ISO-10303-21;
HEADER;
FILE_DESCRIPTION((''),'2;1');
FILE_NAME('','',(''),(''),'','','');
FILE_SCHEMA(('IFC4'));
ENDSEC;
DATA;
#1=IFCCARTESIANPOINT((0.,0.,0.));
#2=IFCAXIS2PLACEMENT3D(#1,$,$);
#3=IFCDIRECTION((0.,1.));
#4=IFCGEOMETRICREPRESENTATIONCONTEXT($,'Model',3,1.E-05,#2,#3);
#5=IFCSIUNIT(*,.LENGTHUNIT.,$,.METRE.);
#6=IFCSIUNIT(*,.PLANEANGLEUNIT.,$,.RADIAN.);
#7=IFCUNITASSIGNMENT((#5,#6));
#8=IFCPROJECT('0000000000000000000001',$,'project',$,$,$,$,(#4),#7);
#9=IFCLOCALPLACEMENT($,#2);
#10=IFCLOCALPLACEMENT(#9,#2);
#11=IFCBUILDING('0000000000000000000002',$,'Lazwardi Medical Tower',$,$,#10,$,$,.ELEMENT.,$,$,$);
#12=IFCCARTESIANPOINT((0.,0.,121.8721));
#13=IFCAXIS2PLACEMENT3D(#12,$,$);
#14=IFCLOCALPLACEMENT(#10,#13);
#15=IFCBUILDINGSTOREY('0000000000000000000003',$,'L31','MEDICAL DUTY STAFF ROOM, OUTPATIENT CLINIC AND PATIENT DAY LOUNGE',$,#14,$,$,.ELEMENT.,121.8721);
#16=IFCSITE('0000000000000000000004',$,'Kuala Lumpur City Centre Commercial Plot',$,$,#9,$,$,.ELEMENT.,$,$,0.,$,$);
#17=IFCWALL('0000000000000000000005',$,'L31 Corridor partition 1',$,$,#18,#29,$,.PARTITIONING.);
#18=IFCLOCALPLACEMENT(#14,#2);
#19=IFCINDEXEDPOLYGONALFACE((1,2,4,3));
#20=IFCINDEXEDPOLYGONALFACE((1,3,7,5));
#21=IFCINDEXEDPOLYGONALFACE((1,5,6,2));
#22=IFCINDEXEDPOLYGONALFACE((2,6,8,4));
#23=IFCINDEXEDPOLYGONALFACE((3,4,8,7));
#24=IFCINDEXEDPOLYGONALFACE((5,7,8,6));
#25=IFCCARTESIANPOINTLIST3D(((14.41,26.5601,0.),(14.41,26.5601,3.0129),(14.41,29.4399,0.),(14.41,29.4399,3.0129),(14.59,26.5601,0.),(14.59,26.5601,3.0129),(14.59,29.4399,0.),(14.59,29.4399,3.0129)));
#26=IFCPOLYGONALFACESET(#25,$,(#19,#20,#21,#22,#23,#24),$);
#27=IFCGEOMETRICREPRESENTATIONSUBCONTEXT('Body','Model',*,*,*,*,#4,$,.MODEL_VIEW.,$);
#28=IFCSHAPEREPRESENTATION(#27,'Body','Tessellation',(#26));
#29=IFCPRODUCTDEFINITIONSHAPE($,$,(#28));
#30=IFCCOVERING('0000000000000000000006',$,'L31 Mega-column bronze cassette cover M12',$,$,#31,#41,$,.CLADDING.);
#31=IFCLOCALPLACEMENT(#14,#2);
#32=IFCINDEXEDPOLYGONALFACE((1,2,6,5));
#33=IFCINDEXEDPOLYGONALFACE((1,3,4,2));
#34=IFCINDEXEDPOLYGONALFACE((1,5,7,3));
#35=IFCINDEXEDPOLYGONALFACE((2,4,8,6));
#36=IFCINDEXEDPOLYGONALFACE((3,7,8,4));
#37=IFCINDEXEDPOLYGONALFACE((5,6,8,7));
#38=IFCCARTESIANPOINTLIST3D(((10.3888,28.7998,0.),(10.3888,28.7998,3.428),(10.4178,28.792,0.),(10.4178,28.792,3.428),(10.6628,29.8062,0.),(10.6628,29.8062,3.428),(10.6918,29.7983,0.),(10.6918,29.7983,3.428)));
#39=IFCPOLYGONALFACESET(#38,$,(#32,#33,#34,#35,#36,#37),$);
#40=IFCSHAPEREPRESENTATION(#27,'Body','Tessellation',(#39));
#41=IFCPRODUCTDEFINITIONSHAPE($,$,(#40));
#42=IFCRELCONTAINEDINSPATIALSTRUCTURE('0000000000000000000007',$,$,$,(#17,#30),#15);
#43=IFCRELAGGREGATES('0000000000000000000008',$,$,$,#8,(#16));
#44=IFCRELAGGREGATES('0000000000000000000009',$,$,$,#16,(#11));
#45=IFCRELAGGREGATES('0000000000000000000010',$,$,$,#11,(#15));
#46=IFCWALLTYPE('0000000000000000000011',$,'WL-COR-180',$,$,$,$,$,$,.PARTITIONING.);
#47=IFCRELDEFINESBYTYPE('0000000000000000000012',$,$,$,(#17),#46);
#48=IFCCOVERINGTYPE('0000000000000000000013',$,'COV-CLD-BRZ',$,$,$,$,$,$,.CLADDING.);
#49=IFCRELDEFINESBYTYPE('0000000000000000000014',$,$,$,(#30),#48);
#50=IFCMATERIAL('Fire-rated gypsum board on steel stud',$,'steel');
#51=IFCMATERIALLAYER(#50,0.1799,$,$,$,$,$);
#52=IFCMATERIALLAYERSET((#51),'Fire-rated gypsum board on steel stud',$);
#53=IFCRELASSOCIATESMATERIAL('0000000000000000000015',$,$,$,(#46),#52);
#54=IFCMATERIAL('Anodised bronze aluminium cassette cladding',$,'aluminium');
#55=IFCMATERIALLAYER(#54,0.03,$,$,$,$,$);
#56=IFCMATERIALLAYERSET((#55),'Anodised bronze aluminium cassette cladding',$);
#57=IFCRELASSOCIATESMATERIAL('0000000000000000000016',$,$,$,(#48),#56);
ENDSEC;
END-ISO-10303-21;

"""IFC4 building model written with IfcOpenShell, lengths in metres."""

from ifc_helpers import new_model, si_unit, direction, frame, frame_2d, origin, origin_2d, place, context, subcontext, project, spatial, rectangle, extrude, material, layer, layer_set, type_object, element, save


model = new_model("IFC4")

# Units and contexts
model_context = context("Model", 3, precision=1e-05, world=origin(), true_north=direction((0.0, 1.0)))
body_context = subcontext(model_context, "Body", "Model", "MODEL_VIEW")
ifc_project = project(units=[si_unit("LENGTHUNIT", "METRE"), si_unit("PLANEANGLEUNIT", "RADIAN")], contexts=[model_context])

# Site, building, storey
site_placement = place(None, origin())
site = spatial("IfcSite", under=ifc_project, at=site_placement, Name="Kuala Lumpur City Centre Commercial Plot", CompositionType="ELEMENT", RefElevation=0.0)
building_placement = place(site_placement, origin())
building = spatial("IfcBuilding", under=site, at=building_placement, Name="Lazwardi Medical Tower", CompositionType="ELEMENT")
storey_placement = place(building_placement, frame((0.0, 0.0, 121.8721)))
storey = spatial("IfcBuildingStorey", under=building, at=storey_placement, Name="L31", Description="MEDICAL DUTY STAFF ROOM, OUTPATIENT CLINIC AND PATIENT DAY LOUNGE", CompositionType="ELEMENT", Elevation=121.8721)

# Wall
ifc_material_1 = material(Name="Fire-rated gypsum board on steel stud", Category="steel")
ifc_layer_1 = layer(ifc_material_1, 0.1799)
ifc_layer_set_1 = layer_set([ifc_layer_1], Name="Fire-rated gypsum board on steel stud")
wall_type = type_object("IfcWallType", Name="WL-COR-180", PredefinedType="PARTITIONING", material=ifc_layer_set_1)
wall_1_placement = place(storey_placement, frame((14.5, 26.5601, 0.0), z_axis=(0.0, 0.0, 1.0), x_axis=(0.0, 1.0, 0.0)))
element("IfcWall", 1, at=wall_1_placement, inside=storey, type_object=wall_type, Name="L31 Corridor partition 1", PredefinedType="PARTITIONING", context=body_context, shape_type="SweptSolid", body=[
    extrude(rectangle(XDim=2.8799, YDim=0.1799, at=frame_2d((1.4399, 0.0))), origin(), (0.0, 0.0, 1.0), 3.0129),
])

# Covering
ifc_material_2 = material(Name="Anodised bronze aluminium cassette cladding", Category="aluminium")
ifc_layer_2 = layer(ifc_material_2, 0.03)
ifc_layer_set_2 = layer_set([ifc_layer_2], Name="Anodised bronze aluminium cassette cladding")
covering_type = type_object("IfcCoveringType", Name="COV-CLD-BRZ", PredefinedType="CLADDING", material=ifc_layer_set_2)
covering_placement = place(storey_placement, frame((10.5403, 29.2991, 0.0), z_axis=(0.0, 0.0, 1.0), x_axis=(-0.262696, -0.964879, 0.0)))
element("IfcCovering", 2, at=covering_placement, inside=storey, type_object=covering_type, Name="L31 Mega-column bronze cassette cover M12", PredefinedType="CLADDING", context=body_context, shape_type="SweptSolid", body=[
    extrude(rectangle(XDim=1.043, YDim=0.03, at=origin_2d()), origin(), (0.0, 0.0, 1.0), 3.428),
])

save(model, "model.ifc")
